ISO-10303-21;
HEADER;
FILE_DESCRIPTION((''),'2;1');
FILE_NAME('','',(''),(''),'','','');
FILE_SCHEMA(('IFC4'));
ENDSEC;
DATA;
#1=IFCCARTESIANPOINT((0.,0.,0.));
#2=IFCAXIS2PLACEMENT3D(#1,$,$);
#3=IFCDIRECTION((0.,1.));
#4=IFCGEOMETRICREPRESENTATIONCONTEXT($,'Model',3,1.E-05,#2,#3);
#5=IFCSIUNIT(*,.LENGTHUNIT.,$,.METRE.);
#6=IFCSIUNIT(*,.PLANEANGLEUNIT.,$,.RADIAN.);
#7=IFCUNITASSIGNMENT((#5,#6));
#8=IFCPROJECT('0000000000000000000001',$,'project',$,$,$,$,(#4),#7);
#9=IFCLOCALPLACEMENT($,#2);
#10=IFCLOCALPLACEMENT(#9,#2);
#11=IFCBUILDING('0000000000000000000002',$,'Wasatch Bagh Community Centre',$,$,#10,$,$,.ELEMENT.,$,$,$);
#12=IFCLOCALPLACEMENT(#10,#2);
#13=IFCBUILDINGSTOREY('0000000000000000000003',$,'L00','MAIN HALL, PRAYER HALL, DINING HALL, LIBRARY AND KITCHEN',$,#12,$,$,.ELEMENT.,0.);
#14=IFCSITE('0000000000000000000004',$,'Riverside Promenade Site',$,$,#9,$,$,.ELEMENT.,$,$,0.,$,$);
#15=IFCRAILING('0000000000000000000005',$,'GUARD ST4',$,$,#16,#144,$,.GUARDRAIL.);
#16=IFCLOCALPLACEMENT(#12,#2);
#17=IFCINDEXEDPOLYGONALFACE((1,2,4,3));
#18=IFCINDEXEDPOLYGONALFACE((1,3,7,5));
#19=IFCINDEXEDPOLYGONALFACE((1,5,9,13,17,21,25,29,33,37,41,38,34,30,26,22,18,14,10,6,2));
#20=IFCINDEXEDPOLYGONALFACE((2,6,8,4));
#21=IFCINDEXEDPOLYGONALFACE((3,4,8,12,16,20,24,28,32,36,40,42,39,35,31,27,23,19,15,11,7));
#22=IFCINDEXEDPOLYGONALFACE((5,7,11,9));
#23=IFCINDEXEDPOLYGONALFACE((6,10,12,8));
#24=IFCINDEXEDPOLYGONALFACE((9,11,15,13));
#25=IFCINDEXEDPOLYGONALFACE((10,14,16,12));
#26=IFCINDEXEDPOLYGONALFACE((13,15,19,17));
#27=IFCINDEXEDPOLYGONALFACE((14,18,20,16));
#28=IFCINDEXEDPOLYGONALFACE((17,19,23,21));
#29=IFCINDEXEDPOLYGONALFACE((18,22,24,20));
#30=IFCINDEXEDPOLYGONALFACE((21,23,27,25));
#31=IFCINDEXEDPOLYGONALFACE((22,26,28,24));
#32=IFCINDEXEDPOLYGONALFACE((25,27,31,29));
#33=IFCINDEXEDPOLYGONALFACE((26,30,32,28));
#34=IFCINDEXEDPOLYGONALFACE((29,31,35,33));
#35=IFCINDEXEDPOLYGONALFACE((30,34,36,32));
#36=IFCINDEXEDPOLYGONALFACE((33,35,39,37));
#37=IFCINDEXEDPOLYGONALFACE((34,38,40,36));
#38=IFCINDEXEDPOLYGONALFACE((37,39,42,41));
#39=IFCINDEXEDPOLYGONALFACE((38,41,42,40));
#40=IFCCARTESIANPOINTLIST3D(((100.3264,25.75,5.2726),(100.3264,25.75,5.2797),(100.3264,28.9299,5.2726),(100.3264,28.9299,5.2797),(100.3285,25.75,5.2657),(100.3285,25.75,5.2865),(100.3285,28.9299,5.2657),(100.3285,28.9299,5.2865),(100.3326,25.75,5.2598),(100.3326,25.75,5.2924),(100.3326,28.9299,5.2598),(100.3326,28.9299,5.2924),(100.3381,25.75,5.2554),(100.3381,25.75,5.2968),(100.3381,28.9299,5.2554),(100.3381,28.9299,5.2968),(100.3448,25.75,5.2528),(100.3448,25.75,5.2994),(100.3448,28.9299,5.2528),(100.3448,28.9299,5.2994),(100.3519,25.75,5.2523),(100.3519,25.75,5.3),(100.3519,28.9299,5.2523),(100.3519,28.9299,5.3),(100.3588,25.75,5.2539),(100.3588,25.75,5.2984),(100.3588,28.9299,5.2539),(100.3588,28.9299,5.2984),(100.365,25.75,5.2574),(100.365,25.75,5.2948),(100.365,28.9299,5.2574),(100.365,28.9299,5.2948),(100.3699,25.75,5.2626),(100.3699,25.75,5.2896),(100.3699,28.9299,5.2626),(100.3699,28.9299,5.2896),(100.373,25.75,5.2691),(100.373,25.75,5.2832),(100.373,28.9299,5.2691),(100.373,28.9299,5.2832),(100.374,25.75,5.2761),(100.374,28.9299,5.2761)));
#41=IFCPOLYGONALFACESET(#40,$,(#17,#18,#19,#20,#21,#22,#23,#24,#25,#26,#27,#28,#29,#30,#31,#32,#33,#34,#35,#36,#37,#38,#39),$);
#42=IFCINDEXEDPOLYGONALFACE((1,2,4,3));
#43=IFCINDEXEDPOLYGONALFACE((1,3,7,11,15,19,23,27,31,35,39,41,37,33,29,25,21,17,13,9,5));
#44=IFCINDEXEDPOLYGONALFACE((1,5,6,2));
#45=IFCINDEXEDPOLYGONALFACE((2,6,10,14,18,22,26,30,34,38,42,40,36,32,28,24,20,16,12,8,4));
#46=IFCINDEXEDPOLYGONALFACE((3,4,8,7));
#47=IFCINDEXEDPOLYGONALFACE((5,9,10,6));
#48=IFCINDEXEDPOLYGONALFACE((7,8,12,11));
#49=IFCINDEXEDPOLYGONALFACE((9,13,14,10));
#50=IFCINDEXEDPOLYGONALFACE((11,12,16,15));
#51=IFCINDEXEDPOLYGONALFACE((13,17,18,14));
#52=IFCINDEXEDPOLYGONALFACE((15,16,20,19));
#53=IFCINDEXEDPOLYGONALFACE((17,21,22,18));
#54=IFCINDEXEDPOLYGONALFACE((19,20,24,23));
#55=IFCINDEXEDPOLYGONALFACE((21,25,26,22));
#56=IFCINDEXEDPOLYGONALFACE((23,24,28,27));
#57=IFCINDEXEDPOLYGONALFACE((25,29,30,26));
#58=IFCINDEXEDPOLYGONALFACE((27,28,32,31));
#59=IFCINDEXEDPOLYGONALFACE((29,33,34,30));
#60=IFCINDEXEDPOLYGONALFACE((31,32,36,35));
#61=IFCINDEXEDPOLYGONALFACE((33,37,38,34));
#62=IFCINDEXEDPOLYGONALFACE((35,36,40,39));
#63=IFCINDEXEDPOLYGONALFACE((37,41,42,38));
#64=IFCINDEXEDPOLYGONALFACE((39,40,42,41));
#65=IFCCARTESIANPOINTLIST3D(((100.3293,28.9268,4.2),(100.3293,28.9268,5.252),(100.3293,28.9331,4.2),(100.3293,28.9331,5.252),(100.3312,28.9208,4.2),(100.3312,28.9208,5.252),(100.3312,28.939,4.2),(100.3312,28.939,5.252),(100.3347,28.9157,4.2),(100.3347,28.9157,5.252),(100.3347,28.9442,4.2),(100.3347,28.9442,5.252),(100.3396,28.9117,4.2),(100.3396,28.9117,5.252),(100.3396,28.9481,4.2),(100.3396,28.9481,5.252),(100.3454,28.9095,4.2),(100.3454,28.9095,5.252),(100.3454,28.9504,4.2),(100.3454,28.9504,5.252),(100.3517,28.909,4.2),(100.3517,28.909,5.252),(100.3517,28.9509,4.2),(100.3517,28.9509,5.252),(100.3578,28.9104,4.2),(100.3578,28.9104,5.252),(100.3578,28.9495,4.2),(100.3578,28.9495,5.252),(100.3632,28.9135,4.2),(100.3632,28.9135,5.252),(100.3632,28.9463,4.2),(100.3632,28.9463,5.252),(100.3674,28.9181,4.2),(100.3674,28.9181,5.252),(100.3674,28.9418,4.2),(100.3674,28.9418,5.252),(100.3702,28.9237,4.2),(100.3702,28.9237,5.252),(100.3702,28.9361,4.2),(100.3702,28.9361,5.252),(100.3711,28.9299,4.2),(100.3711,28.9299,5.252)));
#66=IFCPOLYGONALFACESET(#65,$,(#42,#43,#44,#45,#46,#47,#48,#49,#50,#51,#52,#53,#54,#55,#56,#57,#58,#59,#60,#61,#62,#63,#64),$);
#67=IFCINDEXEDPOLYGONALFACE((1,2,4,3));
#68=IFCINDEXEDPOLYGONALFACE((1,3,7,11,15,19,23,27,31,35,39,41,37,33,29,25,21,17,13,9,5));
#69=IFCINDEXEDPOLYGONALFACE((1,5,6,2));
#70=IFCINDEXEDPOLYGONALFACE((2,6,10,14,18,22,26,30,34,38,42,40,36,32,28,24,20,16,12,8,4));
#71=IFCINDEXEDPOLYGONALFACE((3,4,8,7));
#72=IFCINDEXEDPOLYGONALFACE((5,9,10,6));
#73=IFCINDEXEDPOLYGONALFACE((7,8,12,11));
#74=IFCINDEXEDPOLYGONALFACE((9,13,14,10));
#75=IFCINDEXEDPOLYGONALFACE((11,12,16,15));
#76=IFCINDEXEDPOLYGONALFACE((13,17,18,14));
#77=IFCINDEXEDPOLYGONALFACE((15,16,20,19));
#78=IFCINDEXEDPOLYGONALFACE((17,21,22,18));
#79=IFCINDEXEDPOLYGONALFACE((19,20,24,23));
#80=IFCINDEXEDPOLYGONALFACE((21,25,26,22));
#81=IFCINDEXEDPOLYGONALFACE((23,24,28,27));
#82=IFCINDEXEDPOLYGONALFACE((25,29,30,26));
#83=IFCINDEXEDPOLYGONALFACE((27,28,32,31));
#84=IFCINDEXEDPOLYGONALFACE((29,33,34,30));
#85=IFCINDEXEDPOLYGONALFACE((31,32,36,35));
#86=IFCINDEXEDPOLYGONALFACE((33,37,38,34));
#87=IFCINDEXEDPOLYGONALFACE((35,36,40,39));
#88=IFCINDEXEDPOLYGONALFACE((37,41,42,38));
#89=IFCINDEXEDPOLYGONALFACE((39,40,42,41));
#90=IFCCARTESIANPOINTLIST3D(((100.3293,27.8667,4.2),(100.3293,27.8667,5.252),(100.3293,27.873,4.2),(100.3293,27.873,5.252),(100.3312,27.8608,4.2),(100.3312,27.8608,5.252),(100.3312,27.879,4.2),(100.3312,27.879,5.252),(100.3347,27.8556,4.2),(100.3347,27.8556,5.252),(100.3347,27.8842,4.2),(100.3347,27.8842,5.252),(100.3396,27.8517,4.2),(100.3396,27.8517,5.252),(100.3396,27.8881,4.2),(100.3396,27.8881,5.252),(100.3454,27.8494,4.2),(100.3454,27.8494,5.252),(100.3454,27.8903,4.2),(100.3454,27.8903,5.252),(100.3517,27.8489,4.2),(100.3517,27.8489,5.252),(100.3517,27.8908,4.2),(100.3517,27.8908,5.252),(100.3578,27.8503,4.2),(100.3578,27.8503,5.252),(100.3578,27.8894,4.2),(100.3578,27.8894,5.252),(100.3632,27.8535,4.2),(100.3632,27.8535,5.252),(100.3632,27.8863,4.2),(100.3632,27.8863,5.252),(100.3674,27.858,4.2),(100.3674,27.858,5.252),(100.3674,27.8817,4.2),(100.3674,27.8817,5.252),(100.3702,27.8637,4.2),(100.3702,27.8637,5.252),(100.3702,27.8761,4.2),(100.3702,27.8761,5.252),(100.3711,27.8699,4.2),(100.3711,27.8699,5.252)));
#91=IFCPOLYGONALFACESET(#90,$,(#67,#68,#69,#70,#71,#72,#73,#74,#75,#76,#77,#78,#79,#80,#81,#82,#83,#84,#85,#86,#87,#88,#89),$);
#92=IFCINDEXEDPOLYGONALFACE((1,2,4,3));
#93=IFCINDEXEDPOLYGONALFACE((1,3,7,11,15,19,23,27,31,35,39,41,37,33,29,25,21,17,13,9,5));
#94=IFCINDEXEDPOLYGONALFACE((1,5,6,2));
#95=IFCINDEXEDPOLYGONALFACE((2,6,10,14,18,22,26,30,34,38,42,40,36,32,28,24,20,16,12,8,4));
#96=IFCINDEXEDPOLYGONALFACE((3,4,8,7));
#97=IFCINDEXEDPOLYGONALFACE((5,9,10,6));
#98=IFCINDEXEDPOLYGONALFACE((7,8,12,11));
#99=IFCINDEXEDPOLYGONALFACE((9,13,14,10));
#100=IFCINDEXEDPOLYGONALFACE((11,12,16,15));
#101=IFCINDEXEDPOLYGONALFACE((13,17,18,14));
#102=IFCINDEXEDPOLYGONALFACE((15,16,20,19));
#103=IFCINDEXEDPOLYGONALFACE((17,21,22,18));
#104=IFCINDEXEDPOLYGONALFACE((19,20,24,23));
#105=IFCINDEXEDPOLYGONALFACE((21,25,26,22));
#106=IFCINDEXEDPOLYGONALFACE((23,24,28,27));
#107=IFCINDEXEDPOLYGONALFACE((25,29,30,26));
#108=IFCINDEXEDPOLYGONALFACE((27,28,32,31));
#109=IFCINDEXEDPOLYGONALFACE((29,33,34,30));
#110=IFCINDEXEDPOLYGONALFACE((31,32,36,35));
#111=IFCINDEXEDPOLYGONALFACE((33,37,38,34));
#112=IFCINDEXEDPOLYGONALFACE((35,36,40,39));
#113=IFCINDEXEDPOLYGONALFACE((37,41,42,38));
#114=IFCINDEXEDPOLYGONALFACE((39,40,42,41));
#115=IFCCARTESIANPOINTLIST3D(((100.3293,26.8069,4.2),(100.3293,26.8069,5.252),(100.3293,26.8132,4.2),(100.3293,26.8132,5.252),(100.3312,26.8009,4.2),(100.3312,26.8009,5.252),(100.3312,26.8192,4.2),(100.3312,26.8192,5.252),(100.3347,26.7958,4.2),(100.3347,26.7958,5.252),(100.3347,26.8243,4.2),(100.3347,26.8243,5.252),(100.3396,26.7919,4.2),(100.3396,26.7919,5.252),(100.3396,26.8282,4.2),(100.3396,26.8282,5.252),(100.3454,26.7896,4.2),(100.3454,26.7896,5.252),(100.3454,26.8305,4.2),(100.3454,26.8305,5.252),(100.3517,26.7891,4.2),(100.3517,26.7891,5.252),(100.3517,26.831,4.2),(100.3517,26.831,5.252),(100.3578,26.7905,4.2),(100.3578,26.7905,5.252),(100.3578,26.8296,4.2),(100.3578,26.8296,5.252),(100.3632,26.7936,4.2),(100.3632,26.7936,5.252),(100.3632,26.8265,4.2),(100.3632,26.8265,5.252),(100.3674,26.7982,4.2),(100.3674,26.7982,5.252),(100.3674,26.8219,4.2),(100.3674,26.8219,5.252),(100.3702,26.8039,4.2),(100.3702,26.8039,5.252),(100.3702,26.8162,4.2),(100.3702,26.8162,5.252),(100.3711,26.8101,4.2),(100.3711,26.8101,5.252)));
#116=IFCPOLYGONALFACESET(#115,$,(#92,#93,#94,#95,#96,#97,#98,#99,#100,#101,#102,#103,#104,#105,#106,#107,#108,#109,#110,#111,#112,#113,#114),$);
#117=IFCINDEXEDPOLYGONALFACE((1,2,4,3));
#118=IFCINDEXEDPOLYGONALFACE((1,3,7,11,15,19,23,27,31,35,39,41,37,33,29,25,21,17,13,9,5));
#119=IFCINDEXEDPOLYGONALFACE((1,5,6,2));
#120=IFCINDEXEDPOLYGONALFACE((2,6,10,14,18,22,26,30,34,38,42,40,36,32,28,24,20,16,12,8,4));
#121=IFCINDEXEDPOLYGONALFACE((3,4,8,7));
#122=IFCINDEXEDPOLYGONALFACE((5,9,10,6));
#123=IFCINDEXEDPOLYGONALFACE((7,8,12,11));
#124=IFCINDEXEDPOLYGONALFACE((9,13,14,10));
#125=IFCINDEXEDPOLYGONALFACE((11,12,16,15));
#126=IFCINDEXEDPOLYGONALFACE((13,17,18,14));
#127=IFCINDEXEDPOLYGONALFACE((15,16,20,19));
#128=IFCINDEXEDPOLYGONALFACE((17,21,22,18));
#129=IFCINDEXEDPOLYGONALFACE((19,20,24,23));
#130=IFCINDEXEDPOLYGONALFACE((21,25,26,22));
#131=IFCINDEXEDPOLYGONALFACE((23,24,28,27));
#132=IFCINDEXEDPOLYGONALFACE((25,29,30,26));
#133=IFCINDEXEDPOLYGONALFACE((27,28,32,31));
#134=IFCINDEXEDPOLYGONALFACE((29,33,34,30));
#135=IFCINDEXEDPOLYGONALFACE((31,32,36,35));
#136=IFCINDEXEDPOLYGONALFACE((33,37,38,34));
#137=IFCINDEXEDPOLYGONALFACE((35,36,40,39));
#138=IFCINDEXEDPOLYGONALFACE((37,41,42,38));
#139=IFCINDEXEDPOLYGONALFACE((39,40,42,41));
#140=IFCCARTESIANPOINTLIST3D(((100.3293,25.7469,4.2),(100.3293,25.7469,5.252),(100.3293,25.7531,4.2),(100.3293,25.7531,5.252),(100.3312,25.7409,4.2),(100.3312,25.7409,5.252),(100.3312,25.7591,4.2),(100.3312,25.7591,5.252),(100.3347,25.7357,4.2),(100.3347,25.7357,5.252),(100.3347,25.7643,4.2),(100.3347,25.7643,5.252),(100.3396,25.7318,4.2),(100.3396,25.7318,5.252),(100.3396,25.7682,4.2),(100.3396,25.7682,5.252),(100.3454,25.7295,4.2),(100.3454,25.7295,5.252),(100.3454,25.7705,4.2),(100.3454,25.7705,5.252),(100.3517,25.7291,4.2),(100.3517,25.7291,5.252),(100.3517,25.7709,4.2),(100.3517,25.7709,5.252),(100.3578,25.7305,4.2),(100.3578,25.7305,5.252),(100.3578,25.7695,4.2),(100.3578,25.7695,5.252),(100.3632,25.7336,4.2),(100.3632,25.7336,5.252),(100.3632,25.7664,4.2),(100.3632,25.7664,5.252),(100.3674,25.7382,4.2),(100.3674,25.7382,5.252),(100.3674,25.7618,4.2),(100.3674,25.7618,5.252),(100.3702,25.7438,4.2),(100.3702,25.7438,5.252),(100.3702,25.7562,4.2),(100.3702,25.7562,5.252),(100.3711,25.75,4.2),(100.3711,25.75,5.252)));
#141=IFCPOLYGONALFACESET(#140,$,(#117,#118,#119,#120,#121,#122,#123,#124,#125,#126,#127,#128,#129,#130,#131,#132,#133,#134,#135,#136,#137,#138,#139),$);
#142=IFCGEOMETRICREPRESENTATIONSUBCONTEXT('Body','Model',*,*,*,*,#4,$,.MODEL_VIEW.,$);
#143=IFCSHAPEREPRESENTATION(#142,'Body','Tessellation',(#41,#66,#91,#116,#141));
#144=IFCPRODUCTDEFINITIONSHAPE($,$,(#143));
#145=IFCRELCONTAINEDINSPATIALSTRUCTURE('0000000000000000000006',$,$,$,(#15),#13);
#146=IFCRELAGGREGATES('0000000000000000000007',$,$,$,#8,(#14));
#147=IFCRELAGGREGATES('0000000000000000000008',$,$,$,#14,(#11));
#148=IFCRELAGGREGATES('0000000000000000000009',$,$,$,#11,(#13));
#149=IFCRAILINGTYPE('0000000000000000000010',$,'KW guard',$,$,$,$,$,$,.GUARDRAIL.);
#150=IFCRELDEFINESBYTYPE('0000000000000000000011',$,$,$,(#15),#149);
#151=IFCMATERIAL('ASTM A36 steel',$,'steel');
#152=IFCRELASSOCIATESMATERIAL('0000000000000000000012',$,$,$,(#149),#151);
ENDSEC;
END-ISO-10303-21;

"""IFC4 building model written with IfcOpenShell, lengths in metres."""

from ifc_helpers import new_model, si_unit, direction, frame, origin, origin_2d, place, context, subcontext, project, spatial, circle, extrude, material, type_object, element, save


model = new_model("IFC4")

# Units and contexts
model_context = context("Model", 3, precision=1e-05, world=origin(), true_north=direction((0.0, 1.0)))
body_context = subcontext(model_context, "Body", "Model", "MODEL_VIEW")
ifc_project = project(units=[si_unit("LENGTHUNIT", "METRE"), si_unit("PLANEANGLEUNIT", "RADIAN")], contexts=[model_context])

# Site, building, storey
site_placement = place(None, origin())
site = spatial("IfcSite", under=ifc_project, at=site_placement, Name="Riverside Promenade Site", CompositionType="ELEMENT", RefElevation=0.0)
building_placement = place(site_placement, origin())
building = spatial("IfcBuilding", under=site, at=building_placement, Name="Wasatch Bagh Community Centre", CompositionType="ELEMENT")
storey_placement = place(building_placement, origin())
storey = spatial("IfcBuildingStorey", under=building, at=storey_placement, Name="L00", Description="MAIN HALL, PRAYER HALL, DINING HALL, LIBRARY AND KITCHEN", CompositionType="ELEMENT", Elevation=0.0)

# Railing
ifc_material_1 = material(Name="ASTM A36 steel", Category="steel")
railing_type_1 = type_object("IfcRailingType", Name="KW guard", PredefinedType="GUARDRAIL", material=ifc_material_1)
railing_1_placement = place(storey_placement, frame((100.3501, 28.9299, 4.2)))
element("IfcRailing", 1, at=railing_1_placement, inside=storey, type_object=railing_type_1, Name="GUARD ST4", PredefinedType="GUARDRAIL", context=body_context, shape_type="SweptSolid", body=[
    extrude(circle(Radius=0.0239, at=origin_2d()), frame((0.0, 0.0, 1.0762), z_axis=(0.0, -1.0, 0.0), x_axis=(1.0, 0.0, 0.0)), (0.0, 0.0, 1.0), 3.1799),
    extrude(circle(Radius=0.021, at=origin_2d()), origin(), (0.0, 0.0, 1.0), 1.052),
    extrude(circle(Radius=0.021, at=origin_2d()), frame((0.0, -1.0601, 0.0)), (0.0, 0.0, 1.0), 1.052),
    extrude(circle(Radius=0.021, at=origin_2d()), frame((0.0, -2.1199, 0.0)), (0.0, 0.0, 1.0), 1.052),
    extrude(circle(Radius=0.021, at=origin_2d()), frame((0.0, -3.1799, 0.0)), (0.0, 0.0, 1.0), 1.052),
])

save(model, "model.ifc")
